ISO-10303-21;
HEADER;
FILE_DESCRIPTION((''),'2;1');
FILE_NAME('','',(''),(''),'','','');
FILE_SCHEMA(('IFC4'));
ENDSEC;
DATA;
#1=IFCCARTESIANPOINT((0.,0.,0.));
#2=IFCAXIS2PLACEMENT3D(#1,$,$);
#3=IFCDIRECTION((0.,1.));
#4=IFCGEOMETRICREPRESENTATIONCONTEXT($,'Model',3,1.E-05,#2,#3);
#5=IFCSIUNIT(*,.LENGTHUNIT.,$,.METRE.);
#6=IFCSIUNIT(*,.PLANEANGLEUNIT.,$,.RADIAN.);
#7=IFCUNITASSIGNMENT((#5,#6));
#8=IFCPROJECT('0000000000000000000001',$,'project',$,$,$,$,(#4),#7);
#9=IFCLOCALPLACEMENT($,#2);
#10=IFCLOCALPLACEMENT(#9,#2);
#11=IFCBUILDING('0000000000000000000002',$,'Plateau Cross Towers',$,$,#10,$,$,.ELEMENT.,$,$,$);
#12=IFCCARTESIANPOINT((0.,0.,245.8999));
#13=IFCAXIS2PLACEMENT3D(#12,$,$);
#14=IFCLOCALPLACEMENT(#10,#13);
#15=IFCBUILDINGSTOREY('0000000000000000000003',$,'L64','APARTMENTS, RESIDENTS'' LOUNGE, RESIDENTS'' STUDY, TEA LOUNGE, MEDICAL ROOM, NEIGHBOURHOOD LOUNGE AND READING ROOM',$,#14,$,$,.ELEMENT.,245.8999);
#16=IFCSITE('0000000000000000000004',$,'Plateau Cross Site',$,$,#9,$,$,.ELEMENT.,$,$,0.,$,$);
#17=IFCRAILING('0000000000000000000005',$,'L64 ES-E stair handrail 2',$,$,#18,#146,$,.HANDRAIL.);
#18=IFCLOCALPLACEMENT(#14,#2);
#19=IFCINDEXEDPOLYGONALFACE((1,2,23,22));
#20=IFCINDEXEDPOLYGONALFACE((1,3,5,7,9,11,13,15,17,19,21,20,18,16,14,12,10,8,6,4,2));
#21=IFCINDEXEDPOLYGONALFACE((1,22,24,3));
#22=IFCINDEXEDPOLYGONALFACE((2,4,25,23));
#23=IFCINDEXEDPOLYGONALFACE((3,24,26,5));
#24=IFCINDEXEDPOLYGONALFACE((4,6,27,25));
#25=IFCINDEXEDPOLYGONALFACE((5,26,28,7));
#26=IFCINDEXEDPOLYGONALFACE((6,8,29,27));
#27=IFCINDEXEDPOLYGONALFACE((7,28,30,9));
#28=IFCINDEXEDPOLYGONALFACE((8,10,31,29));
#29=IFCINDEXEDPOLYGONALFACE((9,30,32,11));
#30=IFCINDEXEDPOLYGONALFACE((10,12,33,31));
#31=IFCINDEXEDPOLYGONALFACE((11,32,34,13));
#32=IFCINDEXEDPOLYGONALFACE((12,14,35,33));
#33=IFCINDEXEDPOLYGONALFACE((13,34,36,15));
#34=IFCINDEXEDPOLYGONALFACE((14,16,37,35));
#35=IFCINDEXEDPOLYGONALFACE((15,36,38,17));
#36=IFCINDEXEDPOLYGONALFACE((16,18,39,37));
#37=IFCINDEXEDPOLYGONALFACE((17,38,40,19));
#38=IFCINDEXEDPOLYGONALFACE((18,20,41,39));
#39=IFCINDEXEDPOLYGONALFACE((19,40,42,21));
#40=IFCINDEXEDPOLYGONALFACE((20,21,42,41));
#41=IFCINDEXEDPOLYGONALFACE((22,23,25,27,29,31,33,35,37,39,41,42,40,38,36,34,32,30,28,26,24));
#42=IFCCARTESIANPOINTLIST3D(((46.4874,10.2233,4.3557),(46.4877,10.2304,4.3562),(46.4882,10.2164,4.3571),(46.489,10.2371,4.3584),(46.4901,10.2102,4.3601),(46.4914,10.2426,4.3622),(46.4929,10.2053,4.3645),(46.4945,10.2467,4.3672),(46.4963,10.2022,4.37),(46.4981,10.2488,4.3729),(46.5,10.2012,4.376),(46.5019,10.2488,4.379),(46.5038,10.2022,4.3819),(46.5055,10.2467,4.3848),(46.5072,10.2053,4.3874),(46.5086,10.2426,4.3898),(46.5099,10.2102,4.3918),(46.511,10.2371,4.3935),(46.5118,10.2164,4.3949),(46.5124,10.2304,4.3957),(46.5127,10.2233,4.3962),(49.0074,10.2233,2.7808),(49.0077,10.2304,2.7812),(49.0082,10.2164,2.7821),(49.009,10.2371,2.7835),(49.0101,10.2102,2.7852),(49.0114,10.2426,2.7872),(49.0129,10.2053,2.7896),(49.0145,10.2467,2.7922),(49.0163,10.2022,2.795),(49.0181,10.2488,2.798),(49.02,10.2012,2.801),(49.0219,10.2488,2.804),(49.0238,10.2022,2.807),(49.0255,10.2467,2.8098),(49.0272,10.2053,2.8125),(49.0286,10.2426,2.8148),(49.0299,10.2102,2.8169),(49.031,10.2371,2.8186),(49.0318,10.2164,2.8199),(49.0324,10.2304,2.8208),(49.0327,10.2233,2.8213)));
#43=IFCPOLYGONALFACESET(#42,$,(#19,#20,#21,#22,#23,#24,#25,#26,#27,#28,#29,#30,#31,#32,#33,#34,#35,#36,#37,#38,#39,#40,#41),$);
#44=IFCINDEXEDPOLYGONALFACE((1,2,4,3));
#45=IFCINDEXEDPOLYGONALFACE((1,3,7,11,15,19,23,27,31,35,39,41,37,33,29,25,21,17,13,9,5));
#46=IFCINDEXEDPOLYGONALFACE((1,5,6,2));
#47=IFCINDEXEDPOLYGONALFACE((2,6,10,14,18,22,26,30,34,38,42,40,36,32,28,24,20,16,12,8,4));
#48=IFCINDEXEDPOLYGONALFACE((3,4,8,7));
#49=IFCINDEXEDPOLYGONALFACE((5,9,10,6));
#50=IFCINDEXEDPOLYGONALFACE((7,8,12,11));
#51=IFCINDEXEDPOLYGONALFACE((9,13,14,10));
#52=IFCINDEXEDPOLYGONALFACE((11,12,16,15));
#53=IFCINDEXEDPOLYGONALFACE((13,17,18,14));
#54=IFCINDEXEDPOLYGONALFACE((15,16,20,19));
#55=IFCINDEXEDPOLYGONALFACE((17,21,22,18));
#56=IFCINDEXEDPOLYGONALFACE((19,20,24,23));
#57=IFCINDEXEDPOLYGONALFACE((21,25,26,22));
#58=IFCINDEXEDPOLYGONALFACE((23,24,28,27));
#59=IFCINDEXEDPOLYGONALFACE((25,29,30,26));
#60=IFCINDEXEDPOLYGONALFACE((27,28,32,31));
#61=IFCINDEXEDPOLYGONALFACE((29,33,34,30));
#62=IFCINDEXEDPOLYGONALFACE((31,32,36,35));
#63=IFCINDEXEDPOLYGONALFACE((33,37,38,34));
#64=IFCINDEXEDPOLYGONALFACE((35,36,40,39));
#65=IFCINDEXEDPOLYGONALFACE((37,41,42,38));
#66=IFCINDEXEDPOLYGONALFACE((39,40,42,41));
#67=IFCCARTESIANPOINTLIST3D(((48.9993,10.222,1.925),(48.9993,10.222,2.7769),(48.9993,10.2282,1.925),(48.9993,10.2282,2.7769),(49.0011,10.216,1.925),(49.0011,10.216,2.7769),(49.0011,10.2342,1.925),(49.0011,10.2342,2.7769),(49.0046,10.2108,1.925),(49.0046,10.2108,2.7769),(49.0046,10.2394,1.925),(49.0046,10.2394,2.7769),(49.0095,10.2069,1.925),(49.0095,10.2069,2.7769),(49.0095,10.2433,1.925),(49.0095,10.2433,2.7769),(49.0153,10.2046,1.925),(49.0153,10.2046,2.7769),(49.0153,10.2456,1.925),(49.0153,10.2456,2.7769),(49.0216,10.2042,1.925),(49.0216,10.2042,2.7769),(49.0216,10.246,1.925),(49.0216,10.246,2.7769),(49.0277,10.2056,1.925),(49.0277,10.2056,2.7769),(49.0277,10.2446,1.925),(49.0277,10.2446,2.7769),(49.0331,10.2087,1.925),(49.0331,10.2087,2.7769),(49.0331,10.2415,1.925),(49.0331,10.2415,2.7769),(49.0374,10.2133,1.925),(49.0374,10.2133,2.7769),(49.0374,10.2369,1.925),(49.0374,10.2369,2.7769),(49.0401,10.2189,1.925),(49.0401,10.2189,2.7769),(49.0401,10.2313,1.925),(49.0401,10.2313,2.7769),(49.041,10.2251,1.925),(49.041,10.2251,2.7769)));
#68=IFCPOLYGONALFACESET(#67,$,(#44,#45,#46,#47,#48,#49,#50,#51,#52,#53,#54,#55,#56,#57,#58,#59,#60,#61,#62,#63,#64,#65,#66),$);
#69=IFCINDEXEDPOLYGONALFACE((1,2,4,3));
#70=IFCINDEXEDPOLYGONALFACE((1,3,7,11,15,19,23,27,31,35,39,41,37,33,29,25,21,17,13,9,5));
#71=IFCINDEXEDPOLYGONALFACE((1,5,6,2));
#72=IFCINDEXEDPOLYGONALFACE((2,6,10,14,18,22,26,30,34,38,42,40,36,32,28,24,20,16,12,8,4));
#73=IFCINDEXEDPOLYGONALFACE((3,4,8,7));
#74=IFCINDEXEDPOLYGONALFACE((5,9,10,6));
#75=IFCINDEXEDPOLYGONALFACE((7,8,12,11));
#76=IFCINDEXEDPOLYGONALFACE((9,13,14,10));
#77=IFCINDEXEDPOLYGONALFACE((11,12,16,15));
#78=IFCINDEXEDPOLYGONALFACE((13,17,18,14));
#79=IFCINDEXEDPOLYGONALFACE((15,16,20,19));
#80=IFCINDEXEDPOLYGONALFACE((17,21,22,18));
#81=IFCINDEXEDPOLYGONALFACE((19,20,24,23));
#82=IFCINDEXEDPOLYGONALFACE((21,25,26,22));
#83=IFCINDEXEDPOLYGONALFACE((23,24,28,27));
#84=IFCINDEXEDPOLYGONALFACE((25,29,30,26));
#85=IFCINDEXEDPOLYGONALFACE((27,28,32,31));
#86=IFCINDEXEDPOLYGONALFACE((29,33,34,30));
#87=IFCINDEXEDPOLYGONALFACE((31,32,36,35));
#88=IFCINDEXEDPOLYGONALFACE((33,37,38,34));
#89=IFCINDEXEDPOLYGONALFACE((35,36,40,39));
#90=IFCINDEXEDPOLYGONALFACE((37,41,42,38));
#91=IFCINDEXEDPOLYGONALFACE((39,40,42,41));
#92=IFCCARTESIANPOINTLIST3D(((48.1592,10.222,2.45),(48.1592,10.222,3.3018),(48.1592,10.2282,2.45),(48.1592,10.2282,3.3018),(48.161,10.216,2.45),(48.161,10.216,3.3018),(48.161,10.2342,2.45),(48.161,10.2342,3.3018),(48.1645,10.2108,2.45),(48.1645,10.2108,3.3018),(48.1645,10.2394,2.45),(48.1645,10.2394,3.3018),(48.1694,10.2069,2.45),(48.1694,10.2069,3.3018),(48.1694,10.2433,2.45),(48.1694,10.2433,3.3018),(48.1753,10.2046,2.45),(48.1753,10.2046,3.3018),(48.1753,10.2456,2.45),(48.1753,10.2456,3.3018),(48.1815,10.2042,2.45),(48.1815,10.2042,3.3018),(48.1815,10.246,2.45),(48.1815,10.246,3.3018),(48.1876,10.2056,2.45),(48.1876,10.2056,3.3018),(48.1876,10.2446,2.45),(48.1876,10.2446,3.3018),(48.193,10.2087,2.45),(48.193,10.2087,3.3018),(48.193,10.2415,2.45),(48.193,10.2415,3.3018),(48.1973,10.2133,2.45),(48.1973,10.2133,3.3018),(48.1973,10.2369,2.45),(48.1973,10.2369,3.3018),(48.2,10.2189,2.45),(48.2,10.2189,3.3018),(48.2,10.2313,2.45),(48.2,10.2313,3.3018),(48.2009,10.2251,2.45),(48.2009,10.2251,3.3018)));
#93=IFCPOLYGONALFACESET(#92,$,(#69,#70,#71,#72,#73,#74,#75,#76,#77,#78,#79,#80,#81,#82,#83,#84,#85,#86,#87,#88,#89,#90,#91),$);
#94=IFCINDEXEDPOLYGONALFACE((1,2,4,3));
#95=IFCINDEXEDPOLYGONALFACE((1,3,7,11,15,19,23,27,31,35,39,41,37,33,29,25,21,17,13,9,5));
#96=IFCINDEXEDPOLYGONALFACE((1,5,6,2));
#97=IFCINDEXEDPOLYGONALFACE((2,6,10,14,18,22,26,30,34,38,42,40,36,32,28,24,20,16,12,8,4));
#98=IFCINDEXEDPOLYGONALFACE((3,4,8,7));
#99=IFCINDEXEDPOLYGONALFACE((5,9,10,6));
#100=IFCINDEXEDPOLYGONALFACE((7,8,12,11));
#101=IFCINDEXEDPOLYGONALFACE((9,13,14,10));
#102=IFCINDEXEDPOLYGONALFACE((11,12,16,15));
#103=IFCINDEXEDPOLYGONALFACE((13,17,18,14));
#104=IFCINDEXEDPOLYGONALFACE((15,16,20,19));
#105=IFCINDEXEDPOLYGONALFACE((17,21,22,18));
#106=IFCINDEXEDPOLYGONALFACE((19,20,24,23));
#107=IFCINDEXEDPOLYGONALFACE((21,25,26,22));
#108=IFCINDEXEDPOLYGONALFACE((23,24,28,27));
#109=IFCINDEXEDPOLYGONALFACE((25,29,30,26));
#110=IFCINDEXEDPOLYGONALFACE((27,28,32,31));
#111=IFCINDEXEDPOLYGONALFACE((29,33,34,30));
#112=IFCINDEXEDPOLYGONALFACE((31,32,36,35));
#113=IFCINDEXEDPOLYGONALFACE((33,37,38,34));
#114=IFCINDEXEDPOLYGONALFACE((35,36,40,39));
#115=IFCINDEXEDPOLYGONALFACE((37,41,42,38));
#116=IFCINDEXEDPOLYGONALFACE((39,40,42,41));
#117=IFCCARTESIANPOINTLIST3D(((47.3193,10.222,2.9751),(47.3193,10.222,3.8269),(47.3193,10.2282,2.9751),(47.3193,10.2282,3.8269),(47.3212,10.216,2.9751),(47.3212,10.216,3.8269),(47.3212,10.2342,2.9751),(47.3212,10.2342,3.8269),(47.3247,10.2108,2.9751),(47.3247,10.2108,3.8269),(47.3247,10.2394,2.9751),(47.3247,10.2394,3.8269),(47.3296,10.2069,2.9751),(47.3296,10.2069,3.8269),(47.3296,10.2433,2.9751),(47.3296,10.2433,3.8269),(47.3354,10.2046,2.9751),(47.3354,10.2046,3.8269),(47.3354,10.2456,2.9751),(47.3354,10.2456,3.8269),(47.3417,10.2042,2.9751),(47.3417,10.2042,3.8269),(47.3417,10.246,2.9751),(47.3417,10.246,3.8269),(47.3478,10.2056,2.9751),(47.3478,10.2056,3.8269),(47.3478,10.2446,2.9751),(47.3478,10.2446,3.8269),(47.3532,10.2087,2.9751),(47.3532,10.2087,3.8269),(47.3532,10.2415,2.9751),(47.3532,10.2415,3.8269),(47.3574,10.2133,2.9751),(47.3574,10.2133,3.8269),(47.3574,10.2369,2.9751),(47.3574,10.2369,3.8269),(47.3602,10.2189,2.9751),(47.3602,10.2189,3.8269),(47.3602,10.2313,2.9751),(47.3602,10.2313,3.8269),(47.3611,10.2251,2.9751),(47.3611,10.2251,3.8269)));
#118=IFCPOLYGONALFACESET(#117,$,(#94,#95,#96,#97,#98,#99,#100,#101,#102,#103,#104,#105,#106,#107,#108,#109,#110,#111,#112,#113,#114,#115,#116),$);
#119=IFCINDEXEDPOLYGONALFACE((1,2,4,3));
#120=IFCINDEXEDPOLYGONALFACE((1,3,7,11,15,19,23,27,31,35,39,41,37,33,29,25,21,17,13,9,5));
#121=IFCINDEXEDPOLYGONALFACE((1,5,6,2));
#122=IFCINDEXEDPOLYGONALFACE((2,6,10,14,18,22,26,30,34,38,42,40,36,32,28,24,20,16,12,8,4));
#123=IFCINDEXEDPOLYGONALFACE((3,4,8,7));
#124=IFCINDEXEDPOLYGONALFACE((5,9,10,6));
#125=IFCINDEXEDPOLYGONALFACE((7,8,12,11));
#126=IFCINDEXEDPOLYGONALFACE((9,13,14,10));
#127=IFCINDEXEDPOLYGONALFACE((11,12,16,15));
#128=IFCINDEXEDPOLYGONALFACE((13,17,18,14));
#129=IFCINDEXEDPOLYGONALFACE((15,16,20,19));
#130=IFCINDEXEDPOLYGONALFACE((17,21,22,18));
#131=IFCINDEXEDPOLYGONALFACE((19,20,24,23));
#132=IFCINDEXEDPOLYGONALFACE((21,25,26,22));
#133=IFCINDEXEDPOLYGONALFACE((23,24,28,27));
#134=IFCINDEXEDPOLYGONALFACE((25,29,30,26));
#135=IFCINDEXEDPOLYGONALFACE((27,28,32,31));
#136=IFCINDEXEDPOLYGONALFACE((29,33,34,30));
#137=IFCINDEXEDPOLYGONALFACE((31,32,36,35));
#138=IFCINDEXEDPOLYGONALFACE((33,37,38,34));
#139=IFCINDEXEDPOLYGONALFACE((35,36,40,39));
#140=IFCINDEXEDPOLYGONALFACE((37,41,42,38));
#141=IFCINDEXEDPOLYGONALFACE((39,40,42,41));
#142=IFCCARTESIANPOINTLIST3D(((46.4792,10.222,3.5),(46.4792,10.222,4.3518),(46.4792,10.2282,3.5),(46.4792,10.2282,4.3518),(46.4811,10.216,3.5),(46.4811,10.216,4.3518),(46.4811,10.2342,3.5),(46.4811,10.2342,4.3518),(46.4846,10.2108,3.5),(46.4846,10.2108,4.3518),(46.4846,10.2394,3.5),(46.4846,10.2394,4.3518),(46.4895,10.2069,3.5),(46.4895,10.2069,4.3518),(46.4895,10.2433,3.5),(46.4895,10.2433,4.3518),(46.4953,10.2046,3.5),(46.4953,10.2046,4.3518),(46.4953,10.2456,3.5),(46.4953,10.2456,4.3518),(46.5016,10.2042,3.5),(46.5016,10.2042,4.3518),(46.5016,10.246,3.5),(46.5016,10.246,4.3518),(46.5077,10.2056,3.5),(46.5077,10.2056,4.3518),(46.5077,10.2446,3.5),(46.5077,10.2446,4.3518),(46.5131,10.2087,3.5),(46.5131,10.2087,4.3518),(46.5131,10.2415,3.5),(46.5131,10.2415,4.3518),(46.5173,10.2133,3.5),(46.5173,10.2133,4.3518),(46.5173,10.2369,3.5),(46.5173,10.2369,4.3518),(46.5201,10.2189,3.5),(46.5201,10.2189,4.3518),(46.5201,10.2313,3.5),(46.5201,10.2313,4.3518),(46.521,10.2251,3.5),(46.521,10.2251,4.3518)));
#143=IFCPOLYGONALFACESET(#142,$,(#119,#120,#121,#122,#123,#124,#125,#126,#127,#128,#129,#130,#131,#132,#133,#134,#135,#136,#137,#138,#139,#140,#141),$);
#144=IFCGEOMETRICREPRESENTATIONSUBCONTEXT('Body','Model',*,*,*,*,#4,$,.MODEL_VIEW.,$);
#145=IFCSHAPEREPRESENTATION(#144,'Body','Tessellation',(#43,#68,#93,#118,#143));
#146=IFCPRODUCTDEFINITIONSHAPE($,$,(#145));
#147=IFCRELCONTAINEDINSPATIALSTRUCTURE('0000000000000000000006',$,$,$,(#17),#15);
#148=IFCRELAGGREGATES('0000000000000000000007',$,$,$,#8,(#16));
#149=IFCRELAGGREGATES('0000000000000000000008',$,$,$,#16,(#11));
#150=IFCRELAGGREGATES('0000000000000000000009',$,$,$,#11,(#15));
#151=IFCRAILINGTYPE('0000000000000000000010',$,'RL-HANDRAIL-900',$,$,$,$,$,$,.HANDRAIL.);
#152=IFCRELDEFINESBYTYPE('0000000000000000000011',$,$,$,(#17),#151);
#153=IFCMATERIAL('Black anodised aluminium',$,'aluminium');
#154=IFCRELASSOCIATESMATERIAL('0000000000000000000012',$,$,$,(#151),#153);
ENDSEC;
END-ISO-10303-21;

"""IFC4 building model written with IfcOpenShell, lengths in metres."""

from ifc_helpers import new_model, si_unit, direction, frame, origin, origin_2d, place, context, subcontext, project, spatial, circle, extrude, material, type_object, element, save


model = new_model("IFC4")

# Units and contexts
model_context = context("Model", 3, precision=1e-05, world=origin(), true_north=direction((0.0, 1.0)))
body_context = subcontext(model_context, "Body", "Model", "MODEL_VIEW")
ifc_project = project(units=[si_unit("LENGTHUNIT", "METRE"), si_unit("PLANEANGLEUNIT", "RADIAN")], contexts=[model_context])

# Site, building, storey
site_placement = place(None, origin())
site = spatial("IfcSite", under=ifc_project, at=site_placement, Name="Plateau Cross Site", CompositionType="ELEMENT", RefElevation=0.0)
building_placement = place(site_placement, origin())
building = spatial("IfcBuilding", under=site, at=building_placement, Name="Plateau Cross Towers", CompositionType="ELEMENT")
storey_placement = place(building_placement, frame((0.0, 0.0, 245.8999)))
storey = spatial("IfcBuildingStorey", under=building, at=storey_placement, Name="L64", Description="APARTMENTS, RESIDENTS' LOUNGE, RESIDENTS' STUDY, TEA LOUNGE, MEDICAL ROOM, NEIGHBOURHOOD LOUNGE AND READING ROOM", CompositionType="ELEMENT", Elevation=245.8999)

# Shared definitions
ifc_material_1 = material(Name="Black anodised aluminium", Category="aluminium")

# Railing
railing_type_1 = type_object("IfcRailingType", Name="RL-HANDRAIL-900", PredefinedType="HANDRAIL", material=ifc_material_1)
railing_1_placement = place(storey_placement, frame((49.02, 10.2251, 1.925)))
element("IfcRailing", 1, at=railing_1_placement, inside=storey, type_object=railing_type_1, Name="L64 ES-E stair handrail 2", PredefinedType="HANDRAIL", context=body_context, shape_type="SweptSolid", body=[
    extrude(circle(Radius=0.0239, at=origin_2d()), frame((0.0, 0.0, 0.876), z_axis=(-0.848008, 0.0, 0.529984), x_axis=(0.0, -1.0, 0.0)), (0.0, 0.0, 1.0), 2.9717),
    extrude(circle(Radius=0.021, at=origin_2d()), origin(), (0.0, 0.0, 1.0), 0.8518),
    extrude(circle(Radius=0.021, at=origin_2d()), frame((-0.8401, 0.0, 0.5249)), (0.0, 0.0, 1.0), 0.8518),
    extrude(circle(Radius=0.021, at=origin_2d()), frame((-1.6799, 0.0, 1.05)), (0.0, 0.0, 1.0), 0.8518),
    extrude(circle(Radius=0.021, at=origin_2d()), frame((-2.52, 0.0, 1.575)), (0.0, 0.0, 1.0), 0.8518),
])

save(model, "model.ifc")
